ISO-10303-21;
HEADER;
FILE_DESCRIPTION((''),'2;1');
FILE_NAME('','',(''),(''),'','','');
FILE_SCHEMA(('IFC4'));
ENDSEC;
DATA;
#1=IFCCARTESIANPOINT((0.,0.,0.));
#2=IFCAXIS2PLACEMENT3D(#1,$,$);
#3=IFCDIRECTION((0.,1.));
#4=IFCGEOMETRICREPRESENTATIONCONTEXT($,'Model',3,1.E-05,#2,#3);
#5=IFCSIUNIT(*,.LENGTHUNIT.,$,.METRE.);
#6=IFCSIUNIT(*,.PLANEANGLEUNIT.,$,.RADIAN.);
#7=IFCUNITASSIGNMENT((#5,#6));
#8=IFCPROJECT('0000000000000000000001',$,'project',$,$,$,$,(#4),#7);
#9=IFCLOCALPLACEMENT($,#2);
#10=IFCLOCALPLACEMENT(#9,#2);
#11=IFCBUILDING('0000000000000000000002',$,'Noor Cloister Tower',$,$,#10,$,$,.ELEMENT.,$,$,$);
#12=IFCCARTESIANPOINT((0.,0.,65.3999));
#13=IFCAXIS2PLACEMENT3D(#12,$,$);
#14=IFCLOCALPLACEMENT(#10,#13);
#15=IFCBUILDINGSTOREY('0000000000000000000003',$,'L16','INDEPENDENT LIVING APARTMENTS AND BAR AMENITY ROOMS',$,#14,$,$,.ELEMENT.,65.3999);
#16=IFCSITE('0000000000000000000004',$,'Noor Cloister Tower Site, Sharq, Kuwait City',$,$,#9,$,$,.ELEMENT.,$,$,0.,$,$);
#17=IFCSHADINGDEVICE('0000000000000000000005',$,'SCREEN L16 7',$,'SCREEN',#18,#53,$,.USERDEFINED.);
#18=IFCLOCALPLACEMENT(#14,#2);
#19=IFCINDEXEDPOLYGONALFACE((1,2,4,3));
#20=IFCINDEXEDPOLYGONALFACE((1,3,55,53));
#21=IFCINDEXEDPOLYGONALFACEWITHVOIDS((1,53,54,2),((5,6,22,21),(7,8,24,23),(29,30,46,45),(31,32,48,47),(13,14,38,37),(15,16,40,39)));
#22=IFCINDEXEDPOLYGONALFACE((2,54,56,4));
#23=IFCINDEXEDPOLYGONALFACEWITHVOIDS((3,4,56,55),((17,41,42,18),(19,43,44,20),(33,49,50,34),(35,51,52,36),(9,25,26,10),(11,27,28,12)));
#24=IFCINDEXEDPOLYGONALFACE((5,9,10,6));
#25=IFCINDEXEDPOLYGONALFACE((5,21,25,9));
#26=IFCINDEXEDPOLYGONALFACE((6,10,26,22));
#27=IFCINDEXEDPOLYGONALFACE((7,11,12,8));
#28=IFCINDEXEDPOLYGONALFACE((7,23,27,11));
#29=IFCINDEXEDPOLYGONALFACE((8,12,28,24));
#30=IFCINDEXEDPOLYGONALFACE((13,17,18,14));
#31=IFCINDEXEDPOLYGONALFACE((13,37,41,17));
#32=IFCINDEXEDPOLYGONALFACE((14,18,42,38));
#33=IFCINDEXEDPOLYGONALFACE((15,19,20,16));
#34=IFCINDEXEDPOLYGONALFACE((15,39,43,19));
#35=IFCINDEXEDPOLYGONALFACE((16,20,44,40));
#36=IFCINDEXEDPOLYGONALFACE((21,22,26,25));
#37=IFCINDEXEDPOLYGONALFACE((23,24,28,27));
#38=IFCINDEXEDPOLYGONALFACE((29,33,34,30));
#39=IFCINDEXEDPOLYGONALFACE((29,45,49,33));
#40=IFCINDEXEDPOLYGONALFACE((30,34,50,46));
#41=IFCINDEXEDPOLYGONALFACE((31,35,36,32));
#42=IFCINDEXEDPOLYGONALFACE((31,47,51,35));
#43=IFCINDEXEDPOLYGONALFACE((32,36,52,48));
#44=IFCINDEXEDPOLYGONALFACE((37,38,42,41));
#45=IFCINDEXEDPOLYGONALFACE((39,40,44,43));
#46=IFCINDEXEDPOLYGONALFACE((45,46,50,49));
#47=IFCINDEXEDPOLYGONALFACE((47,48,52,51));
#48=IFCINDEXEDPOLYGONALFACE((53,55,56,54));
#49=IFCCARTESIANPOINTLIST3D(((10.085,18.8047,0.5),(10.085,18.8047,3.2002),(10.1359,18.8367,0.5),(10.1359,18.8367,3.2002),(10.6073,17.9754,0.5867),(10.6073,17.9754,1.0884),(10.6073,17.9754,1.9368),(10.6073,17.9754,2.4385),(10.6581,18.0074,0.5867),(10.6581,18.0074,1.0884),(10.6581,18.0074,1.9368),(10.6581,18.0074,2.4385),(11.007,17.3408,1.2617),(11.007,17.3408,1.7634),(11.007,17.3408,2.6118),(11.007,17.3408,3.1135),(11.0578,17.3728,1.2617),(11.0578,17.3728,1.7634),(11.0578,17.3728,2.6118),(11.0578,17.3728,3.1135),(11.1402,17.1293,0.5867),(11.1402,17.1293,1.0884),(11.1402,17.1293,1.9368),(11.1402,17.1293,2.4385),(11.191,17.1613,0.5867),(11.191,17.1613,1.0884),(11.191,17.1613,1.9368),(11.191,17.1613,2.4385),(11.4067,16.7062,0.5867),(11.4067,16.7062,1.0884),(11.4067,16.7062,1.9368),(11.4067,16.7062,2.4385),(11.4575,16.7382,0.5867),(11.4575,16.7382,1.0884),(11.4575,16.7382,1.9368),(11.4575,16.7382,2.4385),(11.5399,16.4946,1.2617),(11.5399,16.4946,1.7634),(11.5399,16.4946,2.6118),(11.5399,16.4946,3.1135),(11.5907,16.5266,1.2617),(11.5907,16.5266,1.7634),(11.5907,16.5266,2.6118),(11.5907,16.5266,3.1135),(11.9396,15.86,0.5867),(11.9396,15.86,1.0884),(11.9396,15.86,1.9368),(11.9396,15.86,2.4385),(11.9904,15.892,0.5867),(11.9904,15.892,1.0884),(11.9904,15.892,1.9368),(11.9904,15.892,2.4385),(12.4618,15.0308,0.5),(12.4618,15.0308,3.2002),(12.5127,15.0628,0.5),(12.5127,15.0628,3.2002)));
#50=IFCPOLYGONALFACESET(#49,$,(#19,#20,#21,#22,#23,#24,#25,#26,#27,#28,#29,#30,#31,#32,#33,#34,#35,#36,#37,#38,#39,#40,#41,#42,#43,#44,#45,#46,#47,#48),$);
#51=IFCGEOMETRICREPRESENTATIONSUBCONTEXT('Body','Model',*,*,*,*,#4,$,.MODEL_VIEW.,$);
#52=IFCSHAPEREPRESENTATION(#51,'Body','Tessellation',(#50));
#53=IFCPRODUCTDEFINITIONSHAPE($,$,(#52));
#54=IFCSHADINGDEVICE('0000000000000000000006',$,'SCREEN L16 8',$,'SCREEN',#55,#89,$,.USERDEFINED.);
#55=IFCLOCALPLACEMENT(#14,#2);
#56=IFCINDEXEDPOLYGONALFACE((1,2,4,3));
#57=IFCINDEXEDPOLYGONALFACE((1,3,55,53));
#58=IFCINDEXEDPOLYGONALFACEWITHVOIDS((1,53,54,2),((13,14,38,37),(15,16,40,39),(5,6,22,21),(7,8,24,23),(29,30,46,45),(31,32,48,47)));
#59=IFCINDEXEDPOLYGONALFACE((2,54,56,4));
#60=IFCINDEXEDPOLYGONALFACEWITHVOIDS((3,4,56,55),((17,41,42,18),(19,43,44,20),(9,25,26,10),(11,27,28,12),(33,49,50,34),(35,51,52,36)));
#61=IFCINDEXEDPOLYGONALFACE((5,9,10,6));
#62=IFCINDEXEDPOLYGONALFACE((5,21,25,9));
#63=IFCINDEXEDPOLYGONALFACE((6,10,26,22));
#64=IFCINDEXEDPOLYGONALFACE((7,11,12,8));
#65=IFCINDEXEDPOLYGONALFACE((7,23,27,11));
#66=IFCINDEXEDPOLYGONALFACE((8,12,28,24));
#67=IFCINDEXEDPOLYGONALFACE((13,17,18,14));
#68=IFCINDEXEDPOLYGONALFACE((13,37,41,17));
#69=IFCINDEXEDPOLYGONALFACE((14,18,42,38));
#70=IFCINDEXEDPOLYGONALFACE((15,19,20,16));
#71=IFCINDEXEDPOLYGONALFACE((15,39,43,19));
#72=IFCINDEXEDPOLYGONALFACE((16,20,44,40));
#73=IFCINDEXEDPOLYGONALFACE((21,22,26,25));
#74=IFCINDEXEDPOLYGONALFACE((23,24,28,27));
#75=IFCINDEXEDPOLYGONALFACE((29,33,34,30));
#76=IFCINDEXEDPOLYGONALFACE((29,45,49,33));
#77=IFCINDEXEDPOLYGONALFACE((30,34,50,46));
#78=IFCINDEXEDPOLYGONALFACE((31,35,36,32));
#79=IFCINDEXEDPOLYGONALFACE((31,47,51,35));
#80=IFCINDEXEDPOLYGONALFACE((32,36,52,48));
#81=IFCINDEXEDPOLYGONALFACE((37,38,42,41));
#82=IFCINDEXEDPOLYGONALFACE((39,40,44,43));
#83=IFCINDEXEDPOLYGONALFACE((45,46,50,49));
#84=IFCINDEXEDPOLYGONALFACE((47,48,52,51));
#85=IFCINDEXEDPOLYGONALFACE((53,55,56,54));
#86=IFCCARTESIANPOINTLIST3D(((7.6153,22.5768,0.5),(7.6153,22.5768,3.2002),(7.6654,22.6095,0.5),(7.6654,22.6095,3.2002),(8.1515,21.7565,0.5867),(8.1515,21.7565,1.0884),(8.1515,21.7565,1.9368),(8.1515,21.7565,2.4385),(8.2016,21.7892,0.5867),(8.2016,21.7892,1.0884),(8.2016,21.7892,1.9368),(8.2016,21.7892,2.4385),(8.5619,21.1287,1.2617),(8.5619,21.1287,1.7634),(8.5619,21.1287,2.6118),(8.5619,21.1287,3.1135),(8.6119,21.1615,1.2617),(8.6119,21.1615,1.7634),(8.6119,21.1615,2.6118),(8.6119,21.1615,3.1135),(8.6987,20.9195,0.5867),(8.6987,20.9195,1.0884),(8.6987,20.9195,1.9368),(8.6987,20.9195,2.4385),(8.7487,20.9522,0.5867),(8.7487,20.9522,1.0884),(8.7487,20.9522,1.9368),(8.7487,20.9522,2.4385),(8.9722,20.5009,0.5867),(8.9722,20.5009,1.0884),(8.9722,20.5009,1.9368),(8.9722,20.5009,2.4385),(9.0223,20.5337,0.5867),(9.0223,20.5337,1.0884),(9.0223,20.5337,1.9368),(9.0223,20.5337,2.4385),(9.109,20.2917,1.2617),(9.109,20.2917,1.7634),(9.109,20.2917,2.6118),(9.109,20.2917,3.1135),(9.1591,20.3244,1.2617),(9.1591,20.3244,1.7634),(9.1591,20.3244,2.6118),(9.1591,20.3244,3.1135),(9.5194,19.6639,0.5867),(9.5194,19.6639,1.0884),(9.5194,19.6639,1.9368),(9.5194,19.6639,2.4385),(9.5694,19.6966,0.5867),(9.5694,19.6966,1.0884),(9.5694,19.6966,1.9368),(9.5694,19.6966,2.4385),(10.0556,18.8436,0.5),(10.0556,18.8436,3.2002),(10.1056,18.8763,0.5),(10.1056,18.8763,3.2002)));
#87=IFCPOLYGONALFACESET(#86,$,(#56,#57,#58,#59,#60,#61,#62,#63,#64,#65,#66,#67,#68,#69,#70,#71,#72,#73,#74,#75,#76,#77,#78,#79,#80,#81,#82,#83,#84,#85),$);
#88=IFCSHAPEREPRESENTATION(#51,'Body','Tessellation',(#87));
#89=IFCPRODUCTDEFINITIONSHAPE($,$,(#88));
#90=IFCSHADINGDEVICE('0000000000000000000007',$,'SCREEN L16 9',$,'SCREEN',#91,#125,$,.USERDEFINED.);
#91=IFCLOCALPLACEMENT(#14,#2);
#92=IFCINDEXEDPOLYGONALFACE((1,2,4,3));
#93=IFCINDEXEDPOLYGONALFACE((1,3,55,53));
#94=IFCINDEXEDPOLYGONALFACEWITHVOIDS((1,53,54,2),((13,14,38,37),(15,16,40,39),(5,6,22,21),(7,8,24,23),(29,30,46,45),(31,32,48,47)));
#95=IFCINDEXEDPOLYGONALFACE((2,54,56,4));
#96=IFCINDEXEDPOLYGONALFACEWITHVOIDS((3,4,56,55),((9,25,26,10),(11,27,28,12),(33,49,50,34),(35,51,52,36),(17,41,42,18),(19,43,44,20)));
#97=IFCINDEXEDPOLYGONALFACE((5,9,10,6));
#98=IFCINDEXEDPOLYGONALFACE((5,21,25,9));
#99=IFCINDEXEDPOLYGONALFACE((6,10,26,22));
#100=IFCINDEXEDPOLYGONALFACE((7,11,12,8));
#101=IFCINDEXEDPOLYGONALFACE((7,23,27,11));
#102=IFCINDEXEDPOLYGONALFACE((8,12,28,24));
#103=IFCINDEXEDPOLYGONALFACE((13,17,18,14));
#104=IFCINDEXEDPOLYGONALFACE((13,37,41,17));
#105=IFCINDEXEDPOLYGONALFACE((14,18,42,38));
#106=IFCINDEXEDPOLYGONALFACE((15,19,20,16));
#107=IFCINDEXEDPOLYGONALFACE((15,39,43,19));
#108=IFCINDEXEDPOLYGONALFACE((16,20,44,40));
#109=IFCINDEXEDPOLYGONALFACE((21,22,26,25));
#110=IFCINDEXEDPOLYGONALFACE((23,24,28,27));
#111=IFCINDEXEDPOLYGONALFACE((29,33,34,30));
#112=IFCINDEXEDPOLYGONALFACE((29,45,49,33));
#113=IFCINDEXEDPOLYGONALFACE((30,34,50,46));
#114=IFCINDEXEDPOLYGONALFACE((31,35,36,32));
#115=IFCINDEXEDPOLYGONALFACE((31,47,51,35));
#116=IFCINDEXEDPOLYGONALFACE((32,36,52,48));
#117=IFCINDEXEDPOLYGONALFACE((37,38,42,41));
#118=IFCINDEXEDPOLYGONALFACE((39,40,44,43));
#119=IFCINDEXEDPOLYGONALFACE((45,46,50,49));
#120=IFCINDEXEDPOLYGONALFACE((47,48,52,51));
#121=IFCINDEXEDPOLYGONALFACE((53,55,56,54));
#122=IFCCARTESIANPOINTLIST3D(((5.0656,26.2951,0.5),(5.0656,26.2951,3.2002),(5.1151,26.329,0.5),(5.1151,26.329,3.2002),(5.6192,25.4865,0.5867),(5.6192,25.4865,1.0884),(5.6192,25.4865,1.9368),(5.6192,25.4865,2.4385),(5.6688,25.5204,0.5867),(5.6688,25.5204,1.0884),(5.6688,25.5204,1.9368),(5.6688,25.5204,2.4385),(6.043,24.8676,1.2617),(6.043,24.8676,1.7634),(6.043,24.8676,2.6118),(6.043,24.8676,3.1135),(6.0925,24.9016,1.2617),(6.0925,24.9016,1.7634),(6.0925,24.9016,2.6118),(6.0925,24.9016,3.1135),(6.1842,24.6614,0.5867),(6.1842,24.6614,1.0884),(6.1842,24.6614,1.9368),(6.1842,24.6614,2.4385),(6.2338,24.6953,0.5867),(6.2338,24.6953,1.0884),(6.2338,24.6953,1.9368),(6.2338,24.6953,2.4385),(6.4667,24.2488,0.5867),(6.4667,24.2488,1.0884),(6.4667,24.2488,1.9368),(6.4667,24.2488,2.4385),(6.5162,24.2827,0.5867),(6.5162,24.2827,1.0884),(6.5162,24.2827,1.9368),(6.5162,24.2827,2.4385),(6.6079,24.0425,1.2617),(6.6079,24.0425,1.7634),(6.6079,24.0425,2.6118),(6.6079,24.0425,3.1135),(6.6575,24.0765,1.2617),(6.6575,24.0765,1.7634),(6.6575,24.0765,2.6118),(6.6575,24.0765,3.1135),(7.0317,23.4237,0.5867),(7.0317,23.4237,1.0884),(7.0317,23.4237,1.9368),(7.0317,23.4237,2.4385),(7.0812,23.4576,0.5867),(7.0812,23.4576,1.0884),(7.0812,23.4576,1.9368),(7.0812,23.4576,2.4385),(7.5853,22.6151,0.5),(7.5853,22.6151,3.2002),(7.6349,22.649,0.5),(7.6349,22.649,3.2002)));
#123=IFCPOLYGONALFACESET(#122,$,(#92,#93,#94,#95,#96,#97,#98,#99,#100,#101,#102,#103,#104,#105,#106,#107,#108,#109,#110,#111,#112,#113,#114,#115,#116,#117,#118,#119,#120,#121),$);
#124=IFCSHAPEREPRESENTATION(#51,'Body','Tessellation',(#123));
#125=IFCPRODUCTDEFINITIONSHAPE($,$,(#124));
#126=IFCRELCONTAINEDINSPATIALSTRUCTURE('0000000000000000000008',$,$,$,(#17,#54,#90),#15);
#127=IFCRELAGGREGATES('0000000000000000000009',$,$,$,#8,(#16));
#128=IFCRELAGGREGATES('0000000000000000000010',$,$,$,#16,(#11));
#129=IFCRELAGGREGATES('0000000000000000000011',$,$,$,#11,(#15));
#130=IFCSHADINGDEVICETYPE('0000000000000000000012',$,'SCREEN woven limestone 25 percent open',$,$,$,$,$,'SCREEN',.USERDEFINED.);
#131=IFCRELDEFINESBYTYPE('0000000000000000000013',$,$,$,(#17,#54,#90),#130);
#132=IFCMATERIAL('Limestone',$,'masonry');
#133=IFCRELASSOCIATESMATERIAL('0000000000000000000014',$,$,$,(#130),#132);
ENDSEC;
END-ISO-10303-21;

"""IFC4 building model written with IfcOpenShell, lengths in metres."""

from ifc_helpers import new_model, si_unit, direction, frame, origin, place, context, subcontext, project, spatial, polyline, outline, extrude, material, material_profile, profile_set, type_object, element, save


model = new_model("IFC4")

# Units and contexts
model_context = context("Model", 3, precision=1e-05, world=origin(), true_north=direction((0.0, 1.0)))
body_context = subcontext(model_context, "Body", "Model", "MODEL_VIEW")
ifc_project = project(units=[si_unit("LENGTHUNIT", "METRE"), si_unit("PLANEANGLEUNIT", "RADIAN")], contexts=[model_context])

# Site, building, storey
site_placement = place(None, origin())
site = spatial("IfcSite", under=ifc_project, at=site_placement, Name="Noor Cloister Tower Site, Sharq, Kuwait City", CompositionType="ELEMENT", RefElevation=0.0)
building_placement = place(site_placement, origin())
building = spatial("IfcBuilding", under=site, at=building_placement, Name="Noor Cloister Tower", CompositionType="ELEMENT")
storey_placement = place(building_placement, frame((0.0, 0.0, 65.3999)))
storey = spatial("IfcBuildingStorey", under=building, at=storey_placement, Name="L16", Description="INDEPENDENT LIVING APARTMENTS AND BAR AMENITY ROOMS", CompositionType="ELEMENT", Elevation=65.3999)

# Shading devices
ifc_material_1 = material(Name="Limestone", Category="masonry")
ifc_material_profile_1 = material_profile(ifc_material_1, outline(polyline([(-2.23, -1.3501), (2.23, -1.3501), (2.23, 1.3501), (-2.23, 1.3501), (-2.23, -1.3501)]), holes=[polyline([(-1.25, -1.2634), (-0.25, -1.2634), (-0.25, -0.7617), (-1.25, -0.7617), (-1.25, -1.2634)]), polyline([(0.25, -1.2634), (1.25, -1.2634), (1.25, -0.7617), (0.25, -0.7617), (0.25, -1.2634)]), polyline([(-0.5, -0.5884), (0.5, -0.5884), (0.5, -0.0867), (-0.5, -0.0867), (-0.5, -0.5884)]), polyline([(-1.25, 0.0867), (-0.25, 0.0867), (-0.25, 0.5884), (-1.25, 0.5884), (-1.25, 0.0867)]), polyline([(0.25, 0.0867), (1.25, 0.0867), (1.25, 0.5884), (0.25, 0.5884), (0.25, 0.0867)]), polyline([(-0.5, 0.7617), (0.5, 0.7617), (0.5, 1.2634), (-0.5, 1.2634), (-0.5, 0.7617)])]), Name="Woven screen 25 percent open")
ifc_profile_set_1 = profile_set([ifc_material_profile_1], Name="Limestone")
shading_device_type = type_object("IfcShadingDeviceType", Name="SCREEN woven limestone 25 percent open", ElementType="SCREEN", PredefinedType="USERDEFINED", material=ifc_profile_set_1)
shading_device_1_placement = place(storey_placement, frame((11.2734, 16.9177, 1.8501), z_axis=(0.846165, 0.532921, 0.0), x_axis=(-0.532921, 0.846165, 0.0)))
element("IfcShadingDevice", 1, at=shading_device_1_placement, inside=storey, type_object=shading_device_type, Name="SCREEN L16 7", ObjectType="SCREEN", PredefinedType="USERDEFINED", context=body_context, shape_type="SweptSolid", body=[
    extrude(outline(polyline([(-2.23, -1.3501), (2.23, -1.3501), (2.23, 1.3501), (-2.23, 1.3501), (-2.23, -1.3501)]), holes=[polyline([(-1.25, -1.2634), (-0.25, -1.2634), (-0.25, -0.7617), (-1.25, -0.7617), (-1.25, -1.2634)]), polyline([(0.25, -1.2634), (1.25, -1.2634), (1.25, -0.7617), (0.25, -0.7617), (0.25, -1.2634)]), polyline([(-0.5, -0.5884), (0.5, -0.5884), (0.5, -0.0867), (-0.5, -0.0867), (-0.5, -0.5884)]), polyline([(-1.25, 0.0867), (-0.25, 0.0867), (-0.25, 0.5884), (-1.25, 0.5884), (-1.25, 0.0867)]), polyline([(0.25, 0.0867), (1.25, 0.0867), (1.25, 0.5884), (0.25, 0.5884), (0.25, 0.0867)]), polyline([(-0.5, 0.7617), (0.5, 0.7617), (0.5, 1.2634), (-0.5, 1.2634), (-0.5, 0.7617)])]), origin(), (0.0, 0.0, 1.0), 0.0601),
])
shading_device_2_placement = place(storey_placement, frame((8.8354, 20.7102, 1.8501), z_axis=(0.837042, 0.547139, 0.0), x_axis=(-0.547139, 0.837042, 0.0)))
element("IfcShadingDevice", 2, at=shading_device_2_placement, inside=storey, type_object=shading_device_type, Name="SCREEN L16 8", ObjectType="SCREEN", PredefinedType="USERDEFINED", context=body_context, shape_type="SweptSolid", body=[
    extrude(outline(polyline([(-2.23, -1.3501), (2.23, -1.3501), (2.23, 1.3501), (-2.23, 1.3501), (-2.23, -1.3501)]), holes=[polyline([(-1.25, -1.2634), (-0.25, -1.2634), (-0.25, -0.7617), (-1.25, -0.7617), (-1.25, -1.2634)]), polyline([(0.25, -1.2634), (1.25, -1.2634), (1.25, -0.7617), (0.25, -0.7617), (0.25, -1.2634)]), polyline([(-0.5, -0.5884), (0.5, -0.5884), (0.5, -0.0867), (-0.5, -0.0867), (-0.5, -0.5884)]), polyline([(-1.25, 0.0867), (-0.25, 0.0867), (-0.25, 0.5884), (-1.25, 0.5884), (-1.25, 0.0867)]), polyline([(0.25, 0.0867), (1.25, 0.0867), (1.25, 0.5884), (0.25, 0.5884), (0.25, 0.0867)]), polyline([(-0.5, 0.7617), (0.5, 0.7617), (0.5, 1.2634), (-0.5, 1.2634), (-0.5, 0.7617)])]), origin(), (0.0, 0.0, 1.0), 0.0598),
])
shading_device_3_placement = place(storey_placement, frame((6.3254, 24.4551, 1.8501), z_axis=(0.825108, 0.564975, 0.0), x_axis=(-0.564975, 0.825108, 0.0)))
element("IfcShadingDevice", 3, at=shading_device_3_placement, inside=storey, type_object=shading_device_type, Name="SCREEN L16 9", ObjectType="SCREEN", PredefinedType="USERDEFINED", context=body_context, shape_type="SweptSolid", body=[
    extrude(outline(polyline([(-2.23, -1.3501), (2.23, -1.3501), (2.23, 1.3501), (-2.23, 1.3501), (-2.23, -1.3501)]), holes=[polyline([(-1.25, -1.2634), (-0.25, -1.2634), (-0.25, -0.7617), (-1.25, -0.7617), (-1.25, -1.2634)]), polyline([(0.25, -1.2634), (1.25, -1.2634), (1.25, -0.7617), (0.25, -0.7617), (0.25, -1.2634)]), polyline([(-0.5, -0.5884), (0.5, -0.5884), (0.5, -0.0867), (-0.5, -0.0867), (-0.5, -0.5884)]), polyline([(-1.25, 0.0867), (-0.25, 0.0867), (-0.25, 0.5884), (-1.25, 0.5884), (-1.25, 0.0867)]), polyline([(0.25, 0.0867), (1.25, 0.0867), (1.25, 0.5884), (0.25, 0.5884), (0.25, 0.0867)]), polyline([(-0.5, 0.7617), (0.5, 0.7617), (0.5, 1.2634), (-0.5, 1.2634), (-0.5, 0.7617)])]), origin(), (0.0, 0.0, 1.0), 0.0601),
])

save(model, "model.ifc")
